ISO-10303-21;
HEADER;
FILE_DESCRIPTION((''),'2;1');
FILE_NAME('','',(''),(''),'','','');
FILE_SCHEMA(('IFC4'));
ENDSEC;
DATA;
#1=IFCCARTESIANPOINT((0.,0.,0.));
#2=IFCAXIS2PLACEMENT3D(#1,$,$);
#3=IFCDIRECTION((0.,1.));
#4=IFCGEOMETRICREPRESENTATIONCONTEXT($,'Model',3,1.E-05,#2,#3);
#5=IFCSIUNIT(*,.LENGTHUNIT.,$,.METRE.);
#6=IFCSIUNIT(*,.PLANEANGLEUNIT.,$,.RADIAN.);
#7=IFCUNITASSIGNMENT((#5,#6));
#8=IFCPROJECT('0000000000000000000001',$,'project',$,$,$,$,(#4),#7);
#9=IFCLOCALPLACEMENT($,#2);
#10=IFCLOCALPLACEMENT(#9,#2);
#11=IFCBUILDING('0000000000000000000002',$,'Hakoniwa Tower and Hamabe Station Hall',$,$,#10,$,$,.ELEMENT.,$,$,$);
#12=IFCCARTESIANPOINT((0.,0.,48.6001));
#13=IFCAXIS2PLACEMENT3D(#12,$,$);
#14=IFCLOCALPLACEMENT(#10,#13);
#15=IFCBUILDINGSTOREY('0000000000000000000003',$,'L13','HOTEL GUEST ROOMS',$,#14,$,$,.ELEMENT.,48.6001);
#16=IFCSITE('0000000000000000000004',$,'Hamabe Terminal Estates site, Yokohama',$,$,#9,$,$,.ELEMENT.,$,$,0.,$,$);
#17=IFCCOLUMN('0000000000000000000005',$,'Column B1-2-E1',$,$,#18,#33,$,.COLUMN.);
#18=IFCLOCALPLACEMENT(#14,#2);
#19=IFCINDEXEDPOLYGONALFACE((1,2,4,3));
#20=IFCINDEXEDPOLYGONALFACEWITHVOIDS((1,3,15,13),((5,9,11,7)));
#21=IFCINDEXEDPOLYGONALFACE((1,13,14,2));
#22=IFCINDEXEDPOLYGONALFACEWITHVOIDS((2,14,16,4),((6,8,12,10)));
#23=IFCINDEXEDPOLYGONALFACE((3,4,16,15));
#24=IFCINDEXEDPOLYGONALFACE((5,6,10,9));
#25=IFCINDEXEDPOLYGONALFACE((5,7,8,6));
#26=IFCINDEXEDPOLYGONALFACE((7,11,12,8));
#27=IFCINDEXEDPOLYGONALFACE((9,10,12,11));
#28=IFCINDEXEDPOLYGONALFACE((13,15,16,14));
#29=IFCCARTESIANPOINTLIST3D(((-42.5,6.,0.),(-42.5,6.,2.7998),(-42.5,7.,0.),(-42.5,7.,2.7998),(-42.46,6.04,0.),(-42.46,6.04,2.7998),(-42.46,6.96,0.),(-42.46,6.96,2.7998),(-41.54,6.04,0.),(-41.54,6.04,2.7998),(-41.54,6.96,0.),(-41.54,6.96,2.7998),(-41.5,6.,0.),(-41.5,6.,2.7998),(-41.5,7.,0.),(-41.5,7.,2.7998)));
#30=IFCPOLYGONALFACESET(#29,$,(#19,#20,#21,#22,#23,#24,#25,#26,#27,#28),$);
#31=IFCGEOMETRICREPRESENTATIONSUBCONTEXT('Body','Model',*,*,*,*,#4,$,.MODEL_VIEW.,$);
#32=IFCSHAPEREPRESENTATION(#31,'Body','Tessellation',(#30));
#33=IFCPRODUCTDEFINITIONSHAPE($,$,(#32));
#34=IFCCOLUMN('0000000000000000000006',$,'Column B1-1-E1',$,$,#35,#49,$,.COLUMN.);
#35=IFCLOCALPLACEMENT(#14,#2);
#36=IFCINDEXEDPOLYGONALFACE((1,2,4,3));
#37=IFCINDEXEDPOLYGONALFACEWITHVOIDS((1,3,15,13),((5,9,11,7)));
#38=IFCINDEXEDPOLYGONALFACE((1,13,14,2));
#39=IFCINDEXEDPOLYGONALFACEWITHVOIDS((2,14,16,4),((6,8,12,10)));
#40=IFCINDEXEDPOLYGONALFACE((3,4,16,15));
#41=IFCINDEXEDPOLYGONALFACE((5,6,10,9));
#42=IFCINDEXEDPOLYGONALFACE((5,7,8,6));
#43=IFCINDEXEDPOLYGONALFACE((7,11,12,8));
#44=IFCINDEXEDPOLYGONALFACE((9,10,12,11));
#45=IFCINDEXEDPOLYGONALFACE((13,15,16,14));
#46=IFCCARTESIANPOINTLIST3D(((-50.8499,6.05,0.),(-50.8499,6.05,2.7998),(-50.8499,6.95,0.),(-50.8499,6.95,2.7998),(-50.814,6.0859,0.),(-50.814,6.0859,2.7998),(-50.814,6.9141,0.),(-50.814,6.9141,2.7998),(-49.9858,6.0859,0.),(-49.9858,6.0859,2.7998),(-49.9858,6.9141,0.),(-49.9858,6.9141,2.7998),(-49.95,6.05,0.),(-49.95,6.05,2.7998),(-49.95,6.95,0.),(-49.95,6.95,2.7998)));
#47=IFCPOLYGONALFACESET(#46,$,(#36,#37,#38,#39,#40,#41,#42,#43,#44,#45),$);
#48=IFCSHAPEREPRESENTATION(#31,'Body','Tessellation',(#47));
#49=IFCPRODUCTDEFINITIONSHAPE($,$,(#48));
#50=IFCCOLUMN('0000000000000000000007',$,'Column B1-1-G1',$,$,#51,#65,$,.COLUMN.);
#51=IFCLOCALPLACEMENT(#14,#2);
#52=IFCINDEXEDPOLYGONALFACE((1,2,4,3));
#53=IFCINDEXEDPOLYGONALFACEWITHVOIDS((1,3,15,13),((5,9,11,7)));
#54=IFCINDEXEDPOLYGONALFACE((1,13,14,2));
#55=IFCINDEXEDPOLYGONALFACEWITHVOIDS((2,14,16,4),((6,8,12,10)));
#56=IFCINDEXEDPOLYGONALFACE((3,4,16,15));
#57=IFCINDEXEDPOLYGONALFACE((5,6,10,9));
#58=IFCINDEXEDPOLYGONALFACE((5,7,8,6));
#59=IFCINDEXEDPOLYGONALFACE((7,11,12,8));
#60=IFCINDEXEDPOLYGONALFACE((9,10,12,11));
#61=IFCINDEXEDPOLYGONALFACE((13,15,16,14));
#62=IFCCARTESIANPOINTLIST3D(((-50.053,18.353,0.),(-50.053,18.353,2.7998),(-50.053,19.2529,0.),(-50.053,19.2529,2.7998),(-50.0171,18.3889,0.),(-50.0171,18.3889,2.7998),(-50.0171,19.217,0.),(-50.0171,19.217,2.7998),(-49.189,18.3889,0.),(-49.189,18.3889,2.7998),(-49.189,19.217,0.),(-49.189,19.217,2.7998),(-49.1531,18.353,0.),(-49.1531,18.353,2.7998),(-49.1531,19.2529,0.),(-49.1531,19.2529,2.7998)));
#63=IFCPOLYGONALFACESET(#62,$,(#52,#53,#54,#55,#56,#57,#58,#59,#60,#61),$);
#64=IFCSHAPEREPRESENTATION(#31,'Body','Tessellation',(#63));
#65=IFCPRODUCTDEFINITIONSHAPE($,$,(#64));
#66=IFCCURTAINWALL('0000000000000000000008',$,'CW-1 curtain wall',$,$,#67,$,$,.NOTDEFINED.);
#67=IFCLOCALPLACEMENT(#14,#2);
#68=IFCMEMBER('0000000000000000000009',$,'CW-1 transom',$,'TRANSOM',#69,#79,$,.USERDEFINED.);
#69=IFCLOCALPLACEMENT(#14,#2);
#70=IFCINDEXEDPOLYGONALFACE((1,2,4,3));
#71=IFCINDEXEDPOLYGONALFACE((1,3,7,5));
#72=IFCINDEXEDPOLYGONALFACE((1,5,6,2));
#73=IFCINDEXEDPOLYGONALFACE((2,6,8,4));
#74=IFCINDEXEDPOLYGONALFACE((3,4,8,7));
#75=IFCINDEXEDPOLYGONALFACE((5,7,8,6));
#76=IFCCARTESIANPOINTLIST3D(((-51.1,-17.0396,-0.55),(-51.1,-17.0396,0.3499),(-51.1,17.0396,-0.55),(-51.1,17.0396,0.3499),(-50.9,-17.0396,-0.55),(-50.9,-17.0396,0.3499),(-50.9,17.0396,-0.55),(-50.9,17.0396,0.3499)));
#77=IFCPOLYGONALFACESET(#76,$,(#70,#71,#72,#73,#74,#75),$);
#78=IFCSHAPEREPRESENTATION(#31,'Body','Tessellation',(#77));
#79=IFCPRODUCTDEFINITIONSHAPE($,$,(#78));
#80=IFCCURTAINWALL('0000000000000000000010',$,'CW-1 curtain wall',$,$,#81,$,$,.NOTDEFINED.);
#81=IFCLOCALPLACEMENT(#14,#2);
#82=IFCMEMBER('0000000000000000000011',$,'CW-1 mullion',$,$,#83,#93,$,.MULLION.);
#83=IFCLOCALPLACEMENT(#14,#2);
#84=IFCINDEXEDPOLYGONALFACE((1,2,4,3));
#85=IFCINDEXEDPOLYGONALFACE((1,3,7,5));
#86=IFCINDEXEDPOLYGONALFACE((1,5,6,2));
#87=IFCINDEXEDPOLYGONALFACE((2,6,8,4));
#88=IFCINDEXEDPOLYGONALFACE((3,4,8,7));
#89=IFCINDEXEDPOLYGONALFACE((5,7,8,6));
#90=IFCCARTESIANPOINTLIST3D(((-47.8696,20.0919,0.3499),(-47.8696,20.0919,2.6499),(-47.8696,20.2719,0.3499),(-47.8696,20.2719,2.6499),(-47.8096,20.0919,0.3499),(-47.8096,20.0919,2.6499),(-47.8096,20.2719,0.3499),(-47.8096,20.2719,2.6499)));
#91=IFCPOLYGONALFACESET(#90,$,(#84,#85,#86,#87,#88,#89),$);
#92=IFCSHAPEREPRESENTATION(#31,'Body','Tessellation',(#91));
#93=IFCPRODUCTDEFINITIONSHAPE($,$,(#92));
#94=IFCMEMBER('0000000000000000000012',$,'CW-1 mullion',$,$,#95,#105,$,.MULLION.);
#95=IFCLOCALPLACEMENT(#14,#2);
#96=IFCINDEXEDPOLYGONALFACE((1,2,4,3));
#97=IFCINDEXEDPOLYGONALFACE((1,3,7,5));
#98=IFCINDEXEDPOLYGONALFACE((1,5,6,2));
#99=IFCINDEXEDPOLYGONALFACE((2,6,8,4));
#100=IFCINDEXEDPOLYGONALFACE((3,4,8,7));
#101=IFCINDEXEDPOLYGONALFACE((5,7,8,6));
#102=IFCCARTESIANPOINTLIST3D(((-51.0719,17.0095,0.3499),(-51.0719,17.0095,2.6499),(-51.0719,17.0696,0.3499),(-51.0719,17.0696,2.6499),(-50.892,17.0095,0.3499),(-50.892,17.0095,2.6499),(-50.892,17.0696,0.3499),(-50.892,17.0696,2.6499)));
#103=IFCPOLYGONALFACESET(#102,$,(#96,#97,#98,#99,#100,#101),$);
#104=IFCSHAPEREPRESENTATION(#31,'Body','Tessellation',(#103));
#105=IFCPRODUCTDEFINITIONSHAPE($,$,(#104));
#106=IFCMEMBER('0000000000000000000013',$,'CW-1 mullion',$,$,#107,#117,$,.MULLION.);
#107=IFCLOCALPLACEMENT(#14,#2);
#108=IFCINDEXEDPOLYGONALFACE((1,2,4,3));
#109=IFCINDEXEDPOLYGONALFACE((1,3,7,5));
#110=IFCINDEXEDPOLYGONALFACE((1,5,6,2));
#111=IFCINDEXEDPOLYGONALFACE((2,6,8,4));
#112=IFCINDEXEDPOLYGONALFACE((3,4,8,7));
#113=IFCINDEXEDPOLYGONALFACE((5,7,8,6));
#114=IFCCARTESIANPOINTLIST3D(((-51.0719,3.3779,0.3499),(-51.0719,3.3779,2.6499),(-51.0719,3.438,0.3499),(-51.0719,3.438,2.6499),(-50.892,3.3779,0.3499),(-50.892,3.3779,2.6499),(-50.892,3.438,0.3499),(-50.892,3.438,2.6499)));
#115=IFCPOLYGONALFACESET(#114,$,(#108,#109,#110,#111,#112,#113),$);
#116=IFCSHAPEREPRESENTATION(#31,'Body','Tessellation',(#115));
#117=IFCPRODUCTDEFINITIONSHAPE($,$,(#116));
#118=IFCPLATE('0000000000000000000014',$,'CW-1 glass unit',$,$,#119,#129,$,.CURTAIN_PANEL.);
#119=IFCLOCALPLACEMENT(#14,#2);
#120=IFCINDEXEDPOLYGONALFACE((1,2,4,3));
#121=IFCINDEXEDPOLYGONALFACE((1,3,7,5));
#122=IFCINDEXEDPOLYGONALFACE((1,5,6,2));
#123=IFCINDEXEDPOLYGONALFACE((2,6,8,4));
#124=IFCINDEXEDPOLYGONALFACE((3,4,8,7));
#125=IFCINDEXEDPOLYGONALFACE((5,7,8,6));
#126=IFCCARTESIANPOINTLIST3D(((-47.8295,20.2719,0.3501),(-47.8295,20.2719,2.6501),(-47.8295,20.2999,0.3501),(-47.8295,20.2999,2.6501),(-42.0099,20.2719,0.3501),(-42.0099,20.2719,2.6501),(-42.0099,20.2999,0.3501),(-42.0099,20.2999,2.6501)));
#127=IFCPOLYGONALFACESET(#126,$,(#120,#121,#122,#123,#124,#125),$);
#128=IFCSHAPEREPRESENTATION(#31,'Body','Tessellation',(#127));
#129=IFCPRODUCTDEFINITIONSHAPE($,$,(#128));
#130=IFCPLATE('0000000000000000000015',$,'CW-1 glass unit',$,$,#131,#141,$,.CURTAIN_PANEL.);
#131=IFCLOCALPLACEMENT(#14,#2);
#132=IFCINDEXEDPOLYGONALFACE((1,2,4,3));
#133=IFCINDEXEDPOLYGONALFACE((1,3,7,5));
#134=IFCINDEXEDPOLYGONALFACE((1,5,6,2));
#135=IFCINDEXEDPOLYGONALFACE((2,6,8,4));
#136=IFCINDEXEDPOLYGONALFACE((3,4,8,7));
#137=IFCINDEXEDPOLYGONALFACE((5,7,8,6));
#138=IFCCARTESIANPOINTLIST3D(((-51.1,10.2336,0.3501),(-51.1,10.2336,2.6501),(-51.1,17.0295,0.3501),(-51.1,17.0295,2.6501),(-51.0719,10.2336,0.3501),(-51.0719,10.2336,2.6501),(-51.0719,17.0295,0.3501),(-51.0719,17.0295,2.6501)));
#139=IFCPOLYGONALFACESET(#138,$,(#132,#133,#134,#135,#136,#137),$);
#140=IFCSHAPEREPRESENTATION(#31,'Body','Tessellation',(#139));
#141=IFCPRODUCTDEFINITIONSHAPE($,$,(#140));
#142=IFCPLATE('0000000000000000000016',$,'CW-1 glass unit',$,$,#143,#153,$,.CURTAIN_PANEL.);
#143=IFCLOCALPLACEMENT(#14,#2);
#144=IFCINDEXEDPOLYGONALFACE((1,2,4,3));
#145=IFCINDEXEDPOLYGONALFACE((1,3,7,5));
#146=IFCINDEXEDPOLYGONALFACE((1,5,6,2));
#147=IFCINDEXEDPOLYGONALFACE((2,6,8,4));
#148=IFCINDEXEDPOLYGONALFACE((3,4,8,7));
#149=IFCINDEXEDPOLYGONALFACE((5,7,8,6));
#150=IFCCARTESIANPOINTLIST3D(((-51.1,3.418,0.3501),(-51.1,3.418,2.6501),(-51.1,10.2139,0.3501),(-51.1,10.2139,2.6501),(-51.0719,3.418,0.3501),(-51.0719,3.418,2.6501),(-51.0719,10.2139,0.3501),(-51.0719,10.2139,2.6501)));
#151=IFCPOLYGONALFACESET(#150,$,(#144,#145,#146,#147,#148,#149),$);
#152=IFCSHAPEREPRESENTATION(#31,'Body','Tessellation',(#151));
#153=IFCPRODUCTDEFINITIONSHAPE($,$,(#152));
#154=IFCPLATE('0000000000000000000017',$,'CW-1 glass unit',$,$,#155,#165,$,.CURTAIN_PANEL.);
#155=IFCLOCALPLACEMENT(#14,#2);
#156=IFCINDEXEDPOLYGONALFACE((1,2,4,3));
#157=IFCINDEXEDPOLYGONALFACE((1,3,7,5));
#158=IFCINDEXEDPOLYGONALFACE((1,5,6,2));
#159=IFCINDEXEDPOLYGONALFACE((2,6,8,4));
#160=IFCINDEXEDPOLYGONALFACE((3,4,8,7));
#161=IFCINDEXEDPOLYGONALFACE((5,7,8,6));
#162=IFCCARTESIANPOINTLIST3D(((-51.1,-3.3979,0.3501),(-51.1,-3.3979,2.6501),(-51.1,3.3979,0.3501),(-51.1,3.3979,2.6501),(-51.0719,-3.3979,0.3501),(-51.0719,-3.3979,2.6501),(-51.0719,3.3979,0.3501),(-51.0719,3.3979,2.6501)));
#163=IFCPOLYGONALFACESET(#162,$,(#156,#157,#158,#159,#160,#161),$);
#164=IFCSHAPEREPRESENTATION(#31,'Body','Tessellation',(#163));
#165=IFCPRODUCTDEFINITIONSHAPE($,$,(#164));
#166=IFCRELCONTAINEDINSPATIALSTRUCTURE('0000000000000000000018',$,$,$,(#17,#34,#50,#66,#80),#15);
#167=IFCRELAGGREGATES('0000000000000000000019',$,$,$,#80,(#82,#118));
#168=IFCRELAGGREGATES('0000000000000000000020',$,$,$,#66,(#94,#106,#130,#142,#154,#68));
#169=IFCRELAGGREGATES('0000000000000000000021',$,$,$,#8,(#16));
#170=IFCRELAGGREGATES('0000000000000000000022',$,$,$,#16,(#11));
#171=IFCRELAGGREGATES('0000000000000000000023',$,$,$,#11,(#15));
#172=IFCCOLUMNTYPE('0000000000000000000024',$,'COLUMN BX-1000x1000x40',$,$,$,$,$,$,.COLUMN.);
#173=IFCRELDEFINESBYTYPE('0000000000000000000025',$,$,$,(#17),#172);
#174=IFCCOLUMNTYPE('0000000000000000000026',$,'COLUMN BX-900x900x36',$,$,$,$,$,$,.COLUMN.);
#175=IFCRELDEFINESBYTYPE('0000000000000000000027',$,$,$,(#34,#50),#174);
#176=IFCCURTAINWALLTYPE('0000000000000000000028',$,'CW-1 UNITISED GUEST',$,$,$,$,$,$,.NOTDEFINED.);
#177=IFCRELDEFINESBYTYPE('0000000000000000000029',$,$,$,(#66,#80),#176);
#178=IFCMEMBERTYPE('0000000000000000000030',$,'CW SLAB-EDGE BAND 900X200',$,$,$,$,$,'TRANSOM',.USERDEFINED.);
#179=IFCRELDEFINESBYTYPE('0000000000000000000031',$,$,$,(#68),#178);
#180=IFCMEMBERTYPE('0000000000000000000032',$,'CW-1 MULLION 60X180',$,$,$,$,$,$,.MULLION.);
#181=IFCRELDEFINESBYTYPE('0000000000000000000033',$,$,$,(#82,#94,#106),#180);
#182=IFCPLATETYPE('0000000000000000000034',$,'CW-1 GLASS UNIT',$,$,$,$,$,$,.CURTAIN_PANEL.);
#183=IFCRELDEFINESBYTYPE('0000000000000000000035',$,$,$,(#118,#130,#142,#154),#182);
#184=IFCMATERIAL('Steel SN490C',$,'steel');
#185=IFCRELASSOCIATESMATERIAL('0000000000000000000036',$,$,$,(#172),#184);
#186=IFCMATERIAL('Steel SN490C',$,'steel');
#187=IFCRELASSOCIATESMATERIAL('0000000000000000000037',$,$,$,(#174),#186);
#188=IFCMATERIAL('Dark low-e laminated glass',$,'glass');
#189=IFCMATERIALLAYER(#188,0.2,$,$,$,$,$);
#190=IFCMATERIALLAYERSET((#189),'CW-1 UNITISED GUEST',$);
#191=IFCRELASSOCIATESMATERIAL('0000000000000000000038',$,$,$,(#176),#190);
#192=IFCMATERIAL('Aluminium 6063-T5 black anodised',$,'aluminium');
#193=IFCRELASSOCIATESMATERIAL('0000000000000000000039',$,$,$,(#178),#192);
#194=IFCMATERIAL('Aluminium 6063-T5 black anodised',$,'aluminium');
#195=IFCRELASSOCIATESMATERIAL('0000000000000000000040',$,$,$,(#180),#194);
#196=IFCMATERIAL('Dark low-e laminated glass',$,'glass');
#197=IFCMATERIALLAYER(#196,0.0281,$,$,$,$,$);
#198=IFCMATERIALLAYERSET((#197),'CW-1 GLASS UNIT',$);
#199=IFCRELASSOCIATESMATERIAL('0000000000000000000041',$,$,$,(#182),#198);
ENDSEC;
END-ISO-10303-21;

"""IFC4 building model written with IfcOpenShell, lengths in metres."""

from ifc_helpers import new_model, si_unit, direction, frame, origin, origin_2d, place, context, subcontext, project, spatial, rectangle, hollow_rectangle, extrude, material, layer, layer_set, material_profile, profile_set, type_object, element, aggregate, save


model = new_model("IFC4")

# Units and contexts
model_context = context("Model", 3, precision=1e-05, world=origin(), true_north=direction((0.0, 1.0)))
body_context = subcontext(model_context, "Body", "Model", "MODEL_VIEW")
ifc_project = project(units=[si_unit("LENGTHUNIT", "METRE"), si_unit("PLANEANGLEUNIT", "RADIAN")], contexts=[model_context])

# Site, building, storey
site_placement = place(None, origin())
site = spatial("IfcSite", under=ifc_project, at=site_placement, Name="Hamabe Terminal Estates site, Yokohama", CompositionType="ELEMENT", RefElevation=0.0)
building_placement = place(site_placement, origin())
building = spatial("IfcBuilding", under=site, at=building_placement, Name="Hakoniwa Tower and Hamabe Station Hall", CompositionType="ELEMENT")
storey_placement = place(building_placement, frame((0.0, 0.0, 48.6001)))
storey = spatial("IfcBuildingStorey", under=building, at=storey_placement, Name="L13", Description="HOTEL GUEST ROOMS", CompositionType="ELEMENT", Elevation=48.6001)

# Columns
ifc_material_1 = material(Name="Steel SN490C", Category="steel")
ifc_material_profile_1 = material_profile(ifc_material_1, hollow_rectangle(XDim=1.0, YDim=1.0, WallThickness=0.04, at=origin_2d()), Name="BX-1000x1000x40")
ifc_profile_set_1 = profile_set([ifc_material_profile_1], Name="Steel SN490C")
column_type_1 = type_object("IfcColumnType", Name="COLUMN BX-1000x1000x40", PredefinedType="COLUMN", material=ifc_profile_set_1)
column_placement = place(storey_placement, frame((-42.0, 6.5, 0.0), z_axis=(0.0, 0.0, 1.0), x_axis=(1.0, 0.0, 0.0)))
element("IfcColumn", 1, at=column_placement, inside=storey, type_object=column_type_1, Name="Column B1-2-E1", PredefinedType="COLUMN", context=body_context, shape_type="SweptSolid", body=[
    extrude(hollow_rectangle(XDim=1.0, YDim=1.0, WallThickness=0.04, at=origin_2d()), origin(), (0.0, 0.0, 1.0), 2.7998),
])
ifc_material_2 = material(Name="Steel SN490C", Category="steel")
ifc_material_profile_2 = material_profile(ifc_material_2, hollow_rectangle(XDim=0.8999, YDim=0.8999, WallThickness=0.0359, at=origin_2d()), Name="BX-900x900x36")
ifc_profile_set_2 = profile_set([ifc_material_profile_2], Name="Steel SN490C")
column_type_2 = type_object("IfcColumnType", Name="COLUMN BX-900x900x36", PredefinedType="COLUMN", material=ifc_profile_set_2)
for number, where, z_axis, x_axis, name in (
    (2, (-50.3999, 6.5, 0.0), (0.0, 0.0, 1.0), (1.0, 0.0, 0.0), "Column B1-1-E1"),
    (3, (-49.603, 18.803, 0.0), (0.0, 0.0, 1.0), (1.0, 0.0, 0.0), "Column B1-1-G1"),
):
    element("IfcColumn", number, at=place(storey_placement, frame(where, z_axis=z_axis, x_axis=x_axis)), inside=storey, type_object=column_type_2, Name=name, PredefinedType="COLUMN", context=body_context, shape_type="SweptSolid", body=[
        extrude(hollow_rectangle(XDim=0.8999, YDim=0.8999, WallThickness=0.0359, at=origin_2d()), origin(), (0.0, 0.0, 1.0), 2.7998),
    ])

# Curtain walls, members
ifc_material_3 = material(Name="Dark low-e laminated glass", Category="glass")
ifc_layer_1 = layer(ifc_material_3, 0.2)
ifc_layer_set_1 = layer_set([ifc_layer_1], Name="CW-1 UNITISED GUEST")
curtain_wall_type = type_object("IfcCurtainWallType", Name="CW-1 UNITISED GUEST", PredefinedType="NOTDEFINED", material=ifc_layer_set_1)
curtain_wall_1_placement = place(storey_placement, origin())
curtain_wall_1 = element("IfcCurtainWall", 4, at=curtain_wall_1_placement, inside=storey, type_object=curtain_wall_type, Name="CW-1 curtain wall", PredefinedType="NOTDEFINED")
ifc_material_4 = material(Name="Aluminium 6063-T5 black anodised", Category="aluminium")
ifc_material_profile_3 = material_profile(ifc_material_4, rectangle(XDim=0.2, YDim=0.8999, at=origin_2d()), Name="CW SLAB-EDGE BAND 900X200")
ifc_profile_set_3 = profile_set([ifc_material_profile_3], Name="Aluminium 6063-T5 black anodised")
member_type_1 = type_object("IfcMemberType", Name="CW SLAB-EDGE BAND 900X200", ElementType="TRANSOM", PredefinedType="USERDEFINED", material=ifc_profile_set_3)
member_1_placement = place(storey_placement, frame((-51.0, 17.0396, -0.1001), z_axis=(0.0, -1.0, 0.0), x_axis=(1.0, 0.0, 0.0)))
member_1 = element("IfcMember", 5, at=member_1_placement, type_object=member_type_1, Name="CW-1 transom", ObjectType="TRANSOM", PredefinedType="USERDEFINED", context=body_context, shape_type="SweptSolid", body=[
    extrude(rectangle(XDim=0.2, YDim=0.8999, at=origin_2d()), origin(), (0.0, 0.0, 1.0), 34.0791),
])
curtain_wall_2_placement = place(storey_placement, origin())
curtain_wall_2 = element("IfcCurtainWall", 6, at=curtain_wall_2_placement, inside=storey, type_object=curtain_wall_type, Name="CW-1 curtain wall", PredefinedType="NOTDEFINED")
ifc_material_5 = material(Name="Aluminium 6063-T5 black anodised", Category="aluminium")
ifc_material_profile_4 = material_profile(ifc_material_5, rectangle(XDim=0.0601, YDim=0.1799, at=origin_2d()), Name="CW-1 MULLION 60X180")
ifc_profile_set_4 = profile_set([ifc_material_profile_4], Name="Aluminium 6063-T5 black anodised")
member_type_2 = type_object("IfcMemberType", Name="CW-1 MULLION 60X180", PredefinedType="MULLION", material=ifc_profile_set_4)
member_2_placement = place(storey_placement, frame((-47.8396, 20.1819, 0.3499), z_axis=(0.0, 0.0, 1.0), x_axis=(-1.0, 0.0, 0.0)))
member_2 = element("IfcMember", 7, at=member_2_placement, type_object=member_type_2, Name="CW-1 mullion", PredefinedType="MULLION", context=body_context, shape_type="SweptSolid", body=[
    extrude(rectangle(XDim=0.0601, YDim=0.1799, at=origin_2d()), origin(), (0.0, 0.0, 1.0), 2.3),
])

# Members
member_3_placement = place(storey_placement, frame((-50.9819, 17.0396, 0.3499), z_axis=(0.0, 0.0, 1.0), x_axis=(0.0, -1.0, 0.0)))
member_3 = element("IfcMember", 8, at=member_3_placement, type_object=member_type_2, Name="CW-1 mullion", PredefinedType="MULLION", context=body_context, shape_type="SweptSolid", body=[
    extrude(rectangle(XDim=0.0601, YDim=0.1799, at=origin_2d()), origin(), (0.0, 0.0, 1.0), 2.3),
])
member_4_placement = place(storey_placement, frame((-50.9819, 3.408, 0.3499), z_axis=(0.0, 0.0, 1.0), x_axis=(0.0, -1.0, 0.0)))
member_4 = element("IfcMember", 9, at=member_4_placement, type_object=member_type_2, Name="CW-1 mullion", PredefinedType="MULLION", context=body_context, shape_type="SweptSolid", body=[
    extrude(rectangle(XDim=0.0601, YDim=0.1799, at=origin_2d()), origin(), (0.0, 0.0, 1.0), 2.3),
])

# Plates
ifc_material_6 = material(Name="Dark low-e laminated glass", Category="glass")
ifc_layer_2 = layer(ifc_material_6, 0.0281)
ifc_layer_set_2 = layer_set([ifc_layer_2], Name="CW-1 GLASS UNIT")
plate_type = type_object("IfcPlateType", Name="CW-1 GLASS UNIT", PredefinedType="CURTAIN_PANEL", material=ifc_layer_set_2)
plate_1_placement = place(storey_placement, frame((-44.9197, 20.2859, 0.3501), z_axis=(0.0, 0.0, 1.0), x_axis=(-1.0, 0.0, 0.0)))
plate_1 = element("IfcPlate", 10, at=plate_1_placement, type_object=plate_type, Name="CW-1 glass unit", PredefinedType="CURTAIN_PANEL", context=body_context, shape_type="SweptSolid", body=[
    extrude(rectangle(XDim=5.8196, YDim=0.0281, at=origin_2d()), origin(), (0.0, 0.0, 1.0), 2.3),
])
aggregate(curtain_wall_2, [member_2, plate_1])
plate_2_placement = place(storey_placement, frame((-51.0859, 13.6316, 0.3501), z_axis=(0.0, 0.0, 1.0), x_axis=(0.0, -1.0, 0.0)))
plate_2 = element("IfcPlate", 11, at=plate_2_placement, type_object=plate_type, Name="CW-1 glass unit", PredefinedType="CURTAIN_PANEL", context=body_context, shape_type="SweptSolid", body=[
    extrude(rectangle(XDim=6.7959, YDim=0.0281, at=origin_2d()), origin(), (0.0, 0.0, 1.0), 2.3),
])
plate_3_placement = place(storey_placement, frame((-51.0859, 6.8159, 0.3501), z_axis=(0.0, 0.0, 1.0), x_axis=(0.0, -1.0, 0.0)))
plate_3 = element("IfcPlate", 12, at=plate_3_placement, type_object=plate_type, Name="CW-1 glass unit", PredefinedType="CURTAIN_PANEL", context=body_context, shape_type="SweptSolid", body=[
    extrude(rectangle(XDim=6.7959, YDim=0.0281, at=origin_2d()), origin(), (0.0, 0.0, 1.0), 2.3),
])
plate_4_placement = place(storey_placement, frame((-51.0859, 0.0, 0.3501), z_axis=(0.0, 0.0, 1.0), x_axis=(0.0, -1.0, 0.0)))
plate_4 = element("IfcPlate", 13, at=plate_4_placement, type_object=plate_type, Name="CW-1 glass unit", PredefinedType="CURTAIN_PANEL", context=body_context, shape_type="SweptSolid", body=[
    extrude(rectangle(XDim=6.7959, YDim=0.0281, at=origin_2d()), origin(), (0.0, 0.0, 1.0), 2.3),
])
aggregate(curtain_wall_1, [member_3, member_4, plate_2, plate_3, plate_4, member_1])

save(model, "model.ifc")
